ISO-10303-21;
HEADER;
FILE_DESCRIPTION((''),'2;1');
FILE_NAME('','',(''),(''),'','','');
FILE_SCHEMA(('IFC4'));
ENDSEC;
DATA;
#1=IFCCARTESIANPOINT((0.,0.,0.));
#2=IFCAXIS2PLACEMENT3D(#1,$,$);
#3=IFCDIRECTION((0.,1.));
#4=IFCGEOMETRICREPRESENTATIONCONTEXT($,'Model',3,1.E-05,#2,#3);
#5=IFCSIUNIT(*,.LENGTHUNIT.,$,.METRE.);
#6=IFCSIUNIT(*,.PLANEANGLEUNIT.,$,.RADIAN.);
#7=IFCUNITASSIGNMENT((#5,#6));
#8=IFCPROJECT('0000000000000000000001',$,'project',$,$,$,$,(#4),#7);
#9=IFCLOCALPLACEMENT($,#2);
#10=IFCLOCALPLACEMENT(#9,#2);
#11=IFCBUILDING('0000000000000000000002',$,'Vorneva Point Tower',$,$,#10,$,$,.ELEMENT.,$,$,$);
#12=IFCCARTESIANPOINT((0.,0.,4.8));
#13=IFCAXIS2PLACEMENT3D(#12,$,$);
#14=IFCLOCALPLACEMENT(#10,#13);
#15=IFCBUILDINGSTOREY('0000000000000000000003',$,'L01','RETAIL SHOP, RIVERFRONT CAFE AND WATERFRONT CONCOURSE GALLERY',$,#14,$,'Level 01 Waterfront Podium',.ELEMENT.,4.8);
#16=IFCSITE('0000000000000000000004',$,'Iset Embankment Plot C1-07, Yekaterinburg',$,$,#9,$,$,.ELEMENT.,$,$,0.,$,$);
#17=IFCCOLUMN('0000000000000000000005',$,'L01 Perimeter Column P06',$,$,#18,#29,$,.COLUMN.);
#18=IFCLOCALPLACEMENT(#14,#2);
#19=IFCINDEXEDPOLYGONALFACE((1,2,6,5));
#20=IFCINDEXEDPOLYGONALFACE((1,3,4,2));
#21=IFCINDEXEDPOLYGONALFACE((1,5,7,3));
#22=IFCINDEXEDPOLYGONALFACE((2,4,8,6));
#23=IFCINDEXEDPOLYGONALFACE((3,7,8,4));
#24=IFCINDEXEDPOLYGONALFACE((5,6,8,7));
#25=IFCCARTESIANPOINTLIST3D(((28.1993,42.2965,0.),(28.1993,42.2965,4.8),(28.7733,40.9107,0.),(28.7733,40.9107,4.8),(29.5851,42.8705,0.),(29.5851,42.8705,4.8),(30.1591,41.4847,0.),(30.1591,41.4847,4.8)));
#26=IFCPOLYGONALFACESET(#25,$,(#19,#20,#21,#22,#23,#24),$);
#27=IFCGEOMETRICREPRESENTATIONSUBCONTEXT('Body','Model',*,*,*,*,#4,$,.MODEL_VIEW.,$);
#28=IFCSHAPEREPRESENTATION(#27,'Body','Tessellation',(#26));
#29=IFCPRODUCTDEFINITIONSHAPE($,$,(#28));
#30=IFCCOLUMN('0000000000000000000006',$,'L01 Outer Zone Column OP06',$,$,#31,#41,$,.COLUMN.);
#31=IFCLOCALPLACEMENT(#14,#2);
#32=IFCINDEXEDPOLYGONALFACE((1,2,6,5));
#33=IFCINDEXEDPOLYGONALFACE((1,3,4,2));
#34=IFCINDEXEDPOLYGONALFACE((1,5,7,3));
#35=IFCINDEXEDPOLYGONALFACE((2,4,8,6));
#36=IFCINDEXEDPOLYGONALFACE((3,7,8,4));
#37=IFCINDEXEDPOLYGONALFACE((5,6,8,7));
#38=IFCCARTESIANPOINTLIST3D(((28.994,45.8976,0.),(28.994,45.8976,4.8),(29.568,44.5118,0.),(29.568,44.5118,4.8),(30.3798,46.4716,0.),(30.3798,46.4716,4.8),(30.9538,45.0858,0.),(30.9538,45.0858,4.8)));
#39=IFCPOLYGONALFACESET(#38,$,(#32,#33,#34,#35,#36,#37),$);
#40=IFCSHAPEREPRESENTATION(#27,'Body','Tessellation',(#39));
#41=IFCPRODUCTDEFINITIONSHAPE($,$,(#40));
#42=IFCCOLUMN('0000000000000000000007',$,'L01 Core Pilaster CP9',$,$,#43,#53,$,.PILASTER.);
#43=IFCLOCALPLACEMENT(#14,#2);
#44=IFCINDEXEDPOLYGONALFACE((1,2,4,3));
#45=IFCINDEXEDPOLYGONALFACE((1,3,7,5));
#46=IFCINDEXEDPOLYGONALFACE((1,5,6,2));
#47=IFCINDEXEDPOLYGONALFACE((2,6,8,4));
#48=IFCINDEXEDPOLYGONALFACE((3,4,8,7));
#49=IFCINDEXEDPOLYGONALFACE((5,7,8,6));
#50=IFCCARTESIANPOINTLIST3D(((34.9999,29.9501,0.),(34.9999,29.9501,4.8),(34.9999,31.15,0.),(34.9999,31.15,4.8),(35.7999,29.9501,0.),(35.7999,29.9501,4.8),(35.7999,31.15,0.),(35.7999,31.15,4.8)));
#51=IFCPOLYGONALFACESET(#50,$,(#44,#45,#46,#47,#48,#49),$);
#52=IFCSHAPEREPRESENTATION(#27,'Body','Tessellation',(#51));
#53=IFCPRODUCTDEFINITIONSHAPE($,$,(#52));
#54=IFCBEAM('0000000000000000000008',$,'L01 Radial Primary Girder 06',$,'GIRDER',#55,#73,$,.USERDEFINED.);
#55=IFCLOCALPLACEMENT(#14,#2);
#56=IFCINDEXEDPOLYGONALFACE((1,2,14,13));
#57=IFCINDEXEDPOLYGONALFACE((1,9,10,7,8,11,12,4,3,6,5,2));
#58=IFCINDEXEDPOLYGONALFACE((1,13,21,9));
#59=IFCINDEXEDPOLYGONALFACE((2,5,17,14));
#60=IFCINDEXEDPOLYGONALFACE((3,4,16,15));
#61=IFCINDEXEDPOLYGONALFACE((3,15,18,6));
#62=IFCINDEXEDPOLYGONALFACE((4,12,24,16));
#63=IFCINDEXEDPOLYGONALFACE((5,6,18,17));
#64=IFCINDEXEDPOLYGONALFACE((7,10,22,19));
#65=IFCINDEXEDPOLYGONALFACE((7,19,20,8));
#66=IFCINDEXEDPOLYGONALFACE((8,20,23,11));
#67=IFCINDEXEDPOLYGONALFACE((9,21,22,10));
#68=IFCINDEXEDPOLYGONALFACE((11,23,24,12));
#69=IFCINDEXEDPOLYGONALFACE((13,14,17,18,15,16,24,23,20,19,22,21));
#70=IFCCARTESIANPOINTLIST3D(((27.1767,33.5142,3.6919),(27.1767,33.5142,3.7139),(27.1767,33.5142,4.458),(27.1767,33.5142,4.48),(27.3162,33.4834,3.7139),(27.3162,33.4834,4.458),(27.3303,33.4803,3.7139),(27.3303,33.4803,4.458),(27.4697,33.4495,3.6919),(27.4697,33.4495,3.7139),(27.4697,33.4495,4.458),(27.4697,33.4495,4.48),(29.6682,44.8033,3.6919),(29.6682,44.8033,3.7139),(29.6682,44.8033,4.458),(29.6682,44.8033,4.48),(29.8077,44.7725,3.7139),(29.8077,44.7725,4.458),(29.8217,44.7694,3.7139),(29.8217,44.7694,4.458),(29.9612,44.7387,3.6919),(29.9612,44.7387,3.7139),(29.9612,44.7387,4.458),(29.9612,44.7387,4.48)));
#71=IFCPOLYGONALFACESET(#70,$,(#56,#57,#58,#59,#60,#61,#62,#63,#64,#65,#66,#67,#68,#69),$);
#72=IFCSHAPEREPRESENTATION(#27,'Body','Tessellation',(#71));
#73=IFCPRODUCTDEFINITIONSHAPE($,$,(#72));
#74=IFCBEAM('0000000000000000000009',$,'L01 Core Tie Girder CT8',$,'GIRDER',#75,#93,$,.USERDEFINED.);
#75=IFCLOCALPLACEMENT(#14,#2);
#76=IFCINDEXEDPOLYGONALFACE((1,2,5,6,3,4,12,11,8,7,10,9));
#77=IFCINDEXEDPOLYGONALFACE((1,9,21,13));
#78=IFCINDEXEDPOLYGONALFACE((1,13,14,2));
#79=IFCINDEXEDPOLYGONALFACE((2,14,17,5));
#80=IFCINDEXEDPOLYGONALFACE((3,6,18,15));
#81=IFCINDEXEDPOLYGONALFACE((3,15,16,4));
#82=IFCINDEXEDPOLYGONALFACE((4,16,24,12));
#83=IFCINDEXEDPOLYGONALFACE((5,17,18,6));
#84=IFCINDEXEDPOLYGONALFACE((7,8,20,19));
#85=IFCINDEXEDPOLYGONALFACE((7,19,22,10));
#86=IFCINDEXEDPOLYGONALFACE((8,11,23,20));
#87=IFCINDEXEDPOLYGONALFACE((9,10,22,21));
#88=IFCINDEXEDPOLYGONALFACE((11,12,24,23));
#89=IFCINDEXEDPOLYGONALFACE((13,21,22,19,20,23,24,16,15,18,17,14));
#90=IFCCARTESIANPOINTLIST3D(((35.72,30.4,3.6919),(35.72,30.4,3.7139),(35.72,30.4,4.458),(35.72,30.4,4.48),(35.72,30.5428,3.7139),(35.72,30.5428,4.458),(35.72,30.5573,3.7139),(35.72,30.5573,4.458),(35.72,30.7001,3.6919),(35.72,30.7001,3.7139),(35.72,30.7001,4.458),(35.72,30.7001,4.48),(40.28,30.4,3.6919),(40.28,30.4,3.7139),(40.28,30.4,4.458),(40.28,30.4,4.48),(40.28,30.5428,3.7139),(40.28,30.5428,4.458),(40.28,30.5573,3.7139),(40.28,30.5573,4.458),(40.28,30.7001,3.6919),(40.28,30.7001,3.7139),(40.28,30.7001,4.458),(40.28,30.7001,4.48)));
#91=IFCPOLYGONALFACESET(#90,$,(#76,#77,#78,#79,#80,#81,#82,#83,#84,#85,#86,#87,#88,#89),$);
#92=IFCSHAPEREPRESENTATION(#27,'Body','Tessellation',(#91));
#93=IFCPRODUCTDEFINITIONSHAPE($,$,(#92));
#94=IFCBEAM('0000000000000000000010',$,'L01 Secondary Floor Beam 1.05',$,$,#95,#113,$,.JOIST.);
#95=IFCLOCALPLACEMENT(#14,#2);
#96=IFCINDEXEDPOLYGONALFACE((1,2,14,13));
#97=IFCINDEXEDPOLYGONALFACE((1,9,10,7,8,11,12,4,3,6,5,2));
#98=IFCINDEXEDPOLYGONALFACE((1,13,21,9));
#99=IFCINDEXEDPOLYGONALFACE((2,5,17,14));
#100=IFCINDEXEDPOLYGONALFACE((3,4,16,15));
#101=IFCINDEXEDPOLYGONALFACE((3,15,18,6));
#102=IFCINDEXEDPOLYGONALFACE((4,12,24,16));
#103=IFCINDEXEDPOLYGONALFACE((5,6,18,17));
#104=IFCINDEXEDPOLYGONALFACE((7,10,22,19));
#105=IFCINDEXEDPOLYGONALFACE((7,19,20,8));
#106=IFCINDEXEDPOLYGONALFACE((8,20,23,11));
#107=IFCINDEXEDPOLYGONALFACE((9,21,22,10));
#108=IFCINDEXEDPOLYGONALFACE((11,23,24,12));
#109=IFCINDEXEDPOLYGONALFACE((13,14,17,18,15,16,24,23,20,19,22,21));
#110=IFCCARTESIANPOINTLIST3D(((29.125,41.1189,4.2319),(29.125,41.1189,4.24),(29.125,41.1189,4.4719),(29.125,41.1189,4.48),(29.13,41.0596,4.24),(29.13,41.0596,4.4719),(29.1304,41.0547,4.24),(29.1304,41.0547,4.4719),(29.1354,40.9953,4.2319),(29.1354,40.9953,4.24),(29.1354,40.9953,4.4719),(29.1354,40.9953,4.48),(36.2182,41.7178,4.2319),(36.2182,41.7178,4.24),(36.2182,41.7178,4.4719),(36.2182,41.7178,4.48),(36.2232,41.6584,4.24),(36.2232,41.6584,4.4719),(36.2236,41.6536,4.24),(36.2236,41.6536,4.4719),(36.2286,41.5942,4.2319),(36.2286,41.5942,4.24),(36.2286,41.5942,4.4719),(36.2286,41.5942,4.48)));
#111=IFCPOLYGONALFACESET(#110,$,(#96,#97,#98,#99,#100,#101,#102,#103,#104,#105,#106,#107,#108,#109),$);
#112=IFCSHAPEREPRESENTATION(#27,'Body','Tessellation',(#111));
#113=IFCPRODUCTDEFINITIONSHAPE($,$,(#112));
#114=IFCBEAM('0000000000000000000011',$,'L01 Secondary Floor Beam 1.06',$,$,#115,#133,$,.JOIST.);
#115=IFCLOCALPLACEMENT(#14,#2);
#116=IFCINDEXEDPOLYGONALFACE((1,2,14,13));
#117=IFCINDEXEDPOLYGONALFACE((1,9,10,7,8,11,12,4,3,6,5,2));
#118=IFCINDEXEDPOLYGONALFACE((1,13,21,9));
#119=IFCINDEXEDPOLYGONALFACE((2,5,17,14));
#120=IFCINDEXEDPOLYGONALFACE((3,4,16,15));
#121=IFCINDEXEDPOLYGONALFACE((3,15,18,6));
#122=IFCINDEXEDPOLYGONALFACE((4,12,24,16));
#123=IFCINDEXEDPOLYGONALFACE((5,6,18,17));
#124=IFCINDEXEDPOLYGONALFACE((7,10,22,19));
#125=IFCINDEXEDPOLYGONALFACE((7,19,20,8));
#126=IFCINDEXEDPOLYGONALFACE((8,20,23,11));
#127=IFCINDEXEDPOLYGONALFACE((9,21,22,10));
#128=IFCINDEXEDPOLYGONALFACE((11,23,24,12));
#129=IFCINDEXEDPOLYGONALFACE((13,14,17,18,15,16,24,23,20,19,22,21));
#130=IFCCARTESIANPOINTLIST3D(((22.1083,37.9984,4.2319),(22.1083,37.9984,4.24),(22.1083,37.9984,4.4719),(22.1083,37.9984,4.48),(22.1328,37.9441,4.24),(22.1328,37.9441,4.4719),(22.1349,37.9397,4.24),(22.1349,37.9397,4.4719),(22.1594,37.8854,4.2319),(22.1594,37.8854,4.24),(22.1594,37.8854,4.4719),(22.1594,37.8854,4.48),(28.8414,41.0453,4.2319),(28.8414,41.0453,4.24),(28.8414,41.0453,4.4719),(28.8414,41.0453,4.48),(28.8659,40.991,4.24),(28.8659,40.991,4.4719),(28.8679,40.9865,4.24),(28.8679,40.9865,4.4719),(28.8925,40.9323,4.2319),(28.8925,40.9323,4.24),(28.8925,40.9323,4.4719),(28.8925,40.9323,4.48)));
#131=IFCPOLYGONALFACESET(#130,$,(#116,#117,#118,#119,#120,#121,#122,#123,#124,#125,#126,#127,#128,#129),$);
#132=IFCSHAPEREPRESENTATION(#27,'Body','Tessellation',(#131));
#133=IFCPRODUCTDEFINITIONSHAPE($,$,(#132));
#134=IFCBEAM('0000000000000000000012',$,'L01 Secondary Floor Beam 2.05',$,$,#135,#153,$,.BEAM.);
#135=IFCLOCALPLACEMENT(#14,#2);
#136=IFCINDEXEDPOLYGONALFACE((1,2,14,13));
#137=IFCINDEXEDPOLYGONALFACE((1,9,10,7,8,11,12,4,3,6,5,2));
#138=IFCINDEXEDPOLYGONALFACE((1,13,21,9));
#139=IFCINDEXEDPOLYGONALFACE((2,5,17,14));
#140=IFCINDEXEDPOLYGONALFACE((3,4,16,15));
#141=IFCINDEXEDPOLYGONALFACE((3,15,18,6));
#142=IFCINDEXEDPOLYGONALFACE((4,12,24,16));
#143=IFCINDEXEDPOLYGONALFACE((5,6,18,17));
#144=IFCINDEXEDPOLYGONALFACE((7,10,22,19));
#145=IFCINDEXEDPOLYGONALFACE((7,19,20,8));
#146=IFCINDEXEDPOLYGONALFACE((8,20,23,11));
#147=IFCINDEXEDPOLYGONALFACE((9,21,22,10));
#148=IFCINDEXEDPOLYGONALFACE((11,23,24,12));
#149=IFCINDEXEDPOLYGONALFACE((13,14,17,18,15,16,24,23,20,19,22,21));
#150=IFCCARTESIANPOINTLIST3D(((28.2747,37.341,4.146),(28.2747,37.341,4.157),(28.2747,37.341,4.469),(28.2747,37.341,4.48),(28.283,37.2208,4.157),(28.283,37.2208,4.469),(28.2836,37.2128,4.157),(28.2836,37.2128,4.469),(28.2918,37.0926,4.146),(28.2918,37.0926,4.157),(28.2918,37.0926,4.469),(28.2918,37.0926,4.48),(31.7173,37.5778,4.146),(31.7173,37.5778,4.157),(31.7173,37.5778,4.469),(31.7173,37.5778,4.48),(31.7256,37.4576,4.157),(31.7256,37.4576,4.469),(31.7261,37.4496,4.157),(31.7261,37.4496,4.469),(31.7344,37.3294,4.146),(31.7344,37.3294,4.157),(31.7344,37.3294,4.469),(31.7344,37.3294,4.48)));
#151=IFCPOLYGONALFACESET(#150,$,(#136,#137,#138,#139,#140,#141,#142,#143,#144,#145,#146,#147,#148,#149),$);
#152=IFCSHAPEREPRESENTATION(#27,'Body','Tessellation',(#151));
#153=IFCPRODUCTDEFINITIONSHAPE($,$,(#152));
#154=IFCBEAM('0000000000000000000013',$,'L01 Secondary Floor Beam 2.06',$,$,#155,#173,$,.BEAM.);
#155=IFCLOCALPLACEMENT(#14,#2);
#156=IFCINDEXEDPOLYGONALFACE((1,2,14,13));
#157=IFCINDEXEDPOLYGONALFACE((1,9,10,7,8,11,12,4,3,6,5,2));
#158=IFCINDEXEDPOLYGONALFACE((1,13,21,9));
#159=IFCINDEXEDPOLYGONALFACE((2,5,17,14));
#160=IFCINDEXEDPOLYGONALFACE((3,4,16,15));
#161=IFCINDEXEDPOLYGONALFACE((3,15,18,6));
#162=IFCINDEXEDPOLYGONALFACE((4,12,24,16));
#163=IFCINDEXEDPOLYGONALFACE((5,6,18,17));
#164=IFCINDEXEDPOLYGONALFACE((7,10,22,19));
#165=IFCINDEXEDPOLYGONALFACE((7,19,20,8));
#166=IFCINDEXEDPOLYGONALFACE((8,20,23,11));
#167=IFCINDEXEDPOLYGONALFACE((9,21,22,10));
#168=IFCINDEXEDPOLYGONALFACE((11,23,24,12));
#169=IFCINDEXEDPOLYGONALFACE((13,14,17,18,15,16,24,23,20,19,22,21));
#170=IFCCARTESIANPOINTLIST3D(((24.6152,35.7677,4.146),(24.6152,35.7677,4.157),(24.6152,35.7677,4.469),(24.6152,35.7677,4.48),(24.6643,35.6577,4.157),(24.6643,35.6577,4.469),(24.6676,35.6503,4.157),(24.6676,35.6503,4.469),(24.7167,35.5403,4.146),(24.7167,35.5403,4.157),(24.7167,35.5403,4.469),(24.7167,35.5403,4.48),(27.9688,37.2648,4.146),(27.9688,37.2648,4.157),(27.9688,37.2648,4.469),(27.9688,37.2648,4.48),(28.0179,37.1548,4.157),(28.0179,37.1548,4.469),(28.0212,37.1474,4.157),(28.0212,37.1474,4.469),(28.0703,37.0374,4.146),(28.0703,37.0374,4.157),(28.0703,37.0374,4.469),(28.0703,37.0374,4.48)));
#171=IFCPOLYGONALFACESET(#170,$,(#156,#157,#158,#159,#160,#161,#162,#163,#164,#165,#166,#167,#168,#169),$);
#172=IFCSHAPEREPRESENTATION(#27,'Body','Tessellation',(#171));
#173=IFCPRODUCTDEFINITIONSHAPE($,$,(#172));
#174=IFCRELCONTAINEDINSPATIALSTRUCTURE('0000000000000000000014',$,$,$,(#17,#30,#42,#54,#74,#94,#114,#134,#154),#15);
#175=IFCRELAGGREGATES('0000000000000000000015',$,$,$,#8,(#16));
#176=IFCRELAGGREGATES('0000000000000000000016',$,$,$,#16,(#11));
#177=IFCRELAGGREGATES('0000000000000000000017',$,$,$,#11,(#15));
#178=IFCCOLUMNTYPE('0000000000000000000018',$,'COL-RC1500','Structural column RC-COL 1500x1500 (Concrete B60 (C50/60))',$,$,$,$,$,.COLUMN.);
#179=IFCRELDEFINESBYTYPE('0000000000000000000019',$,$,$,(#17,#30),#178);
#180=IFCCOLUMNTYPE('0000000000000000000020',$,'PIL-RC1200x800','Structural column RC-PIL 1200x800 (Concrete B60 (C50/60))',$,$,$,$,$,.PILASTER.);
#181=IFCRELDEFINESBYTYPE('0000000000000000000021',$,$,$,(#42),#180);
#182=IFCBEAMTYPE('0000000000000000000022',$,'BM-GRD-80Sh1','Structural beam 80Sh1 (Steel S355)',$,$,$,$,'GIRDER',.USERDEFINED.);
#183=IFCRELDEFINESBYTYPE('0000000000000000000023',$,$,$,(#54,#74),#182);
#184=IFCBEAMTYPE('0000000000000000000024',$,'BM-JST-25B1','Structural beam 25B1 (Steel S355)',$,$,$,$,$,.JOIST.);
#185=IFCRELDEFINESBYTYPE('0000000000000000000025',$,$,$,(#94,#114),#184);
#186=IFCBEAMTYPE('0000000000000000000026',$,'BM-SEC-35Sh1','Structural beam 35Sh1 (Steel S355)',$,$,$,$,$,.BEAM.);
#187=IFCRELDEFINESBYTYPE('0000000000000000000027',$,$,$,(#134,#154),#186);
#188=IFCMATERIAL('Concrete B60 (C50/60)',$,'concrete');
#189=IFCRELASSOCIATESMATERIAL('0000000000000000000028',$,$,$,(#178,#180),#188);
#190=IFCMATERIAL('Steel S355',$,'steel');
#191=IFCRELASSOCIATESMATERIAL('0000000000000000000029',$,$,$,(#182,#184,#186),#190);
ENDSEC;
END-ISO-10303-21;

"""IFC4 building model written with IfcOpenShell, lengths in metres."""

from ifc_helpers import new_model, si_unit, direction, frame, origin, origin_2d, place, context, subcontext, project, spatial, rectangle, i_section, extrude, material, material_profile, profile_set, type_object, element, save


model = new_model("IFC4")

# Units and contexts
model_context = context("Model", 3, precision=1e-05, world=origin(), true_north=direction((0.0, 1.0)))
body_context = subcontext(model_context, "Body", "Model", "MODEL_VIEW")
ifc_project = project(units=[si_unit("LENGTHUNIT", "METRE"), si_unit("PLANEANGLEUNIT", "RADIAN")], contexts=[model_context])

# Site, building, storey
site_placement = place(None, origin())
site = spatial("IfcSite", under=ifc_project, at=site_placement, Name="Iset Embankment Plot C1-07, Yekaterinburg", CompositionType="ELEMENT", RefElevation=0.0)
building_placement = place(site_placement, origin())
building = spatial("IfcBuilding", under=site, at=building_placement, Name="Vorneva Point Tower", CompositionType="ELEMENT")
storey_placement = place(building_placement, frame((0.0, 0.0, 4.8)))
storey = spatial("IfcBuildingStorey", under=building, at=storey_placement, Name="L01", Description="RETAIL SHOP, RIVERFRONT CAFE AND WATERFRONT CONCOURSE GALLERY", LongName="Level 01 Waterfront Podium", CompositionType="ELEMENT", Elevation=4.8)

# Columns
ifc_material_1 = material(Name="Concrete B60 (C50/60)", Category="concrete")
ifc_material_profile_1 = material_profile(ifc_material_1, rectangle(XDim=1.5, YDim=1.5, at=origin_2d()), Name="RC-COL 1500x1500")
ifc_profile_set_1 = profile_set([ifc_material_profile_1], Name="Concrete B60 (C50/60)")
column_type_1 = type_object("IfcColumnType", Name="COL-RC1500", Description="Structural column RC-COL 1500x1500 (Concrete B60 (C50/60))", PredefinedType="COLUMN", material=ifc_profile_set_1)
for number, where, z_axis, x_axis, name in (
    (1, (29.1792, 41.8906, 0.0), (0.0, 0.0, 1.0), (-0.382683, 0.92388, 0.0), "L01 Perimeter Column P06"),
    (2, (29.9739, 45.4917, 0.0), (0.0, 0.0, 1.0), (-0.382683, 0.92388, 0.0), "L01 Outer Zone Column OP06"),
):
    element("IfcColumn", number, at=place(storey_placement, frame(where, z_axis=z_axis, x_axis=x_axis)), inside=storey, type_object=column_type_1, Name=name, PredefinedType="COLUMN", context=body_context, shape_type="SweptSolid", body=[
        extrude(rectangle(XDim=1.5, YDim=1.5, at=origin_2d()), origin(), (0.0, 0.0, 1.0), 4.8),
    ])
ifc_material_profile_2 = material_profile(ifc_material_1, rectangle(XDim=0.8, YDim=1.2, at=origin_2d()), Name="RC-PIL 1200x800")
ifc_profile_set_2 = profile_set([ifc_material_profile_2], Name="Concrete B60 (C50/60)")
column_type_2 = type_object("IfcColumnType", Name="PIL-RC1200x800", Description="Structural column RC-PIL 1200x800 (Concrete B60 (C50/60))", PredefinedType="PILASTER", material=ifc_profile_set_2)
column_placement = place(storey_placement, frame((35.3999, 30.55, 0.0), z_axis=(0.0, 0.0, 1.0), x_axis=(1.0, 0.0, 0.0)))
element("IfcColumn", 3, at=column_placement, inside=storey, type_object=column_type_2, Name="L01 Core Pilaster CP9", PredefinedType="PILASTER", context=body_context, shape_type="SweptSolid", body=[
    extrude(rectangle(XDim=0.8, YDim=1.2, at=origin_2d()), origin(), (0.0, 0.0, 1.0), 4.8),
])

# Beams
ifc_material_2 = material(Name="Steel S355", Category="steel")
ifc_material_profile_3 = material_profile(ifc_material_2, i_section(OverallWidth=0.3, OverallDepth=0.7881, WebThickness=0.0144, FlangeThickness=0.022, at=origin_2d()), Name="80Sh1")
ifc_profile_set_3 = profile_set([ifc_material_profile_3], Name="Steel S355")
beam_type_1 = type_object("IfcBeamType", Name="BM-GRD-80Sh1", Description="Structural beam 80Sh1 (Steel S355)", ElementType="GIRDER", PredefinedType="USERDEFINED", material=ifc_profile_set_3)
beam_1_placement = place(storey_placement, frame((29.8147, 44.771, 4.0859), z_axis=(-0.21551, -0.976502, 0.0), x_axis=(0.976502, -0.21551, 0.0)))
element("IfcBeam", 4, at=beam_1_placement, inside=storey, type_object=beam_type_1, Name="L01 Radial Primary Girder 06", ObjectType="GIRDER", PredefinedType="USERDEFINED", context=body_context, shape_type="SweptSolid", body=[
    extrude(i_section(OverallWidth=0.3, OverallDepth=0.7881, WebThickness=0.0144, FlangeThickness=0.022, at=origin_2d()), origin(), (0.0, 0.0, 1.0), 11.5608),
])
beam_2_placement = place(storey_placement, frame((35.72, 30.55, 4.0859), z_axis=(1.0, 0.0, 0.0), x_axis=(0.0, 1.0, 0.0)))
element("IfcBeam", 5, at=beam_2_placement, inside=storey, type_object=beam_type_1, Name="L01 Core Tie Girder CT8", ObjectType="GIRDER", PredefinedType="USERDEFINED", context=body_context, shape_type="SweptSolid", body=[
    extrude(i_section(OverallWidth=0.3, OverallDepth=0.7881, WebThickness=0.0144, FlangeThickness=0.022, at=origin_2d()), origin(), (0.0, 0.0, 1.0), 4.5601),
])
ifc_material_profile_4 = material_profile(ifc_material_2, i_section(OverallWidth=0.124, OverallDepth=0.248, WebThickness=0.0049, FlangeThickness=0.0081, at=origin_2d()), Name="25B1")
ifc_profile_set_4 = profile_set([ifc_material_profile_4], Name="Steel S355")
beam_type_2 = type_object("IfcBeamType", Name="BM-JST-25B1", Description="Structural beam 25B1 (Steel S355)", PredefinedType="JOIST", material=ifc_profile_set_4)
beam_3_placement = place(storey_placement, frame((36.2234, 41.656, 4.356), z_axis=(-0.996455, -0.08413, 0.0), x_axis=(0.08413, -0.996455, 0.0)))
element("IfcBeam", 6, at=beam_3_placement, inside=storey, type_object=beam_type_2, Name="L01 Secondary Floor Beam 1.05", PredefinedType="JOIST", context=body_context, shape_type="SweptSolid", body=[
    extrude(i_section(OverallWidth=0.124, OverallDepth=0.248, WebThickness=0.0049, FlangeThickness=0.0081, at=origin_2d()), origin(), (0.0, 0.0, 1.0), 7.1184),
])
beam_4_placement = place(storey_placement, frame((28.8669, 40.9888, 4.356), z_axis=(-0.911061, -0.412272, 0.0), x_axis=(0.412272, -0.911061, 0.0)))
element("IfcBeam", 7, at=beam_4_placement, inside=storey, type_object=beam_type_2, Name="L01 Secondary Floor Beam 1.06", PredefinedType="JOIST", context=body_context, shape_type="SweptSolid", body=[
    extrude(i_section(OverallWidth=0.124, OverallDepth=0.248, WebThickness=0.0049, FlangeThickness=0.0081, at=origin_2d()), origin(), (0.0, 0.0, 1.0), 7.3904),
])
ifc_material_profile_5 = material_profile(ifc_material_2, i_section(OverallWidth=0.249, OverallDepth=0.334, WebThickness=0.0081, FlangeThickness=0.011, at=origin_2d()), Name="35Sh1")
ifc_profile_set_5 = profile_set([ifc_material_profile_5], Name="Steel S355")
beam_type_3 = type_object("IfcBeamType", Name="BM-SEC-35Sh1", Description="Structural beam 35Sh1 (Steel S355)", PredefinedType="BEAM", material=ifc_profile_set_5)
beam_5_placement = place(storey_placement, frame((31.7258, 37.4536, 4.313), z_axis=(-0.997642, -0.068627, 0.0), x_axis=(0.068627, -0.997642, 0.0)))
element("IfcBeam", 8, at=beam_5_placement, inside=storey, type_object=beam_type_3, Name="L01 Secondary Floor Beam 2.05", PredefinedType="BEAM", context=body_context, shape_type="SweptSolid", body=[
    extrude(i_section(OverallWidth=0.249, OverallDepth=0.334, WebThickness=0.0081, FlangeThickness=0.011, at=origin_2d()), origin(), (0.0, 0.0, 1.0), 3.4507),
])
beam_6_placement = place(storey_placement, frame((28.0195, 37.1511, 4.313), z_axis=(-0.913141, -0.407643, 0.0), x_axis=(0.407643, -0.913141, 0.0)))
element("IfcBeam", 9, at=beam_6_placement, inside=storey, type_object=beam_type_3, Name="L01 Secondary Floor Beam 2.06", PredefinedType="BEAM", context=body_context, shape_type="SweptSolid", body=[
    extrude(i_section(OverallWidth=0.249, OverallDepth=0.334, WebThickness=0.0081, FlangeThickness=0.011, at=origin_2d()), origin(), (0.0, 0.0, 1.0), 3.6726),
])

save(model, "model.ifc")
